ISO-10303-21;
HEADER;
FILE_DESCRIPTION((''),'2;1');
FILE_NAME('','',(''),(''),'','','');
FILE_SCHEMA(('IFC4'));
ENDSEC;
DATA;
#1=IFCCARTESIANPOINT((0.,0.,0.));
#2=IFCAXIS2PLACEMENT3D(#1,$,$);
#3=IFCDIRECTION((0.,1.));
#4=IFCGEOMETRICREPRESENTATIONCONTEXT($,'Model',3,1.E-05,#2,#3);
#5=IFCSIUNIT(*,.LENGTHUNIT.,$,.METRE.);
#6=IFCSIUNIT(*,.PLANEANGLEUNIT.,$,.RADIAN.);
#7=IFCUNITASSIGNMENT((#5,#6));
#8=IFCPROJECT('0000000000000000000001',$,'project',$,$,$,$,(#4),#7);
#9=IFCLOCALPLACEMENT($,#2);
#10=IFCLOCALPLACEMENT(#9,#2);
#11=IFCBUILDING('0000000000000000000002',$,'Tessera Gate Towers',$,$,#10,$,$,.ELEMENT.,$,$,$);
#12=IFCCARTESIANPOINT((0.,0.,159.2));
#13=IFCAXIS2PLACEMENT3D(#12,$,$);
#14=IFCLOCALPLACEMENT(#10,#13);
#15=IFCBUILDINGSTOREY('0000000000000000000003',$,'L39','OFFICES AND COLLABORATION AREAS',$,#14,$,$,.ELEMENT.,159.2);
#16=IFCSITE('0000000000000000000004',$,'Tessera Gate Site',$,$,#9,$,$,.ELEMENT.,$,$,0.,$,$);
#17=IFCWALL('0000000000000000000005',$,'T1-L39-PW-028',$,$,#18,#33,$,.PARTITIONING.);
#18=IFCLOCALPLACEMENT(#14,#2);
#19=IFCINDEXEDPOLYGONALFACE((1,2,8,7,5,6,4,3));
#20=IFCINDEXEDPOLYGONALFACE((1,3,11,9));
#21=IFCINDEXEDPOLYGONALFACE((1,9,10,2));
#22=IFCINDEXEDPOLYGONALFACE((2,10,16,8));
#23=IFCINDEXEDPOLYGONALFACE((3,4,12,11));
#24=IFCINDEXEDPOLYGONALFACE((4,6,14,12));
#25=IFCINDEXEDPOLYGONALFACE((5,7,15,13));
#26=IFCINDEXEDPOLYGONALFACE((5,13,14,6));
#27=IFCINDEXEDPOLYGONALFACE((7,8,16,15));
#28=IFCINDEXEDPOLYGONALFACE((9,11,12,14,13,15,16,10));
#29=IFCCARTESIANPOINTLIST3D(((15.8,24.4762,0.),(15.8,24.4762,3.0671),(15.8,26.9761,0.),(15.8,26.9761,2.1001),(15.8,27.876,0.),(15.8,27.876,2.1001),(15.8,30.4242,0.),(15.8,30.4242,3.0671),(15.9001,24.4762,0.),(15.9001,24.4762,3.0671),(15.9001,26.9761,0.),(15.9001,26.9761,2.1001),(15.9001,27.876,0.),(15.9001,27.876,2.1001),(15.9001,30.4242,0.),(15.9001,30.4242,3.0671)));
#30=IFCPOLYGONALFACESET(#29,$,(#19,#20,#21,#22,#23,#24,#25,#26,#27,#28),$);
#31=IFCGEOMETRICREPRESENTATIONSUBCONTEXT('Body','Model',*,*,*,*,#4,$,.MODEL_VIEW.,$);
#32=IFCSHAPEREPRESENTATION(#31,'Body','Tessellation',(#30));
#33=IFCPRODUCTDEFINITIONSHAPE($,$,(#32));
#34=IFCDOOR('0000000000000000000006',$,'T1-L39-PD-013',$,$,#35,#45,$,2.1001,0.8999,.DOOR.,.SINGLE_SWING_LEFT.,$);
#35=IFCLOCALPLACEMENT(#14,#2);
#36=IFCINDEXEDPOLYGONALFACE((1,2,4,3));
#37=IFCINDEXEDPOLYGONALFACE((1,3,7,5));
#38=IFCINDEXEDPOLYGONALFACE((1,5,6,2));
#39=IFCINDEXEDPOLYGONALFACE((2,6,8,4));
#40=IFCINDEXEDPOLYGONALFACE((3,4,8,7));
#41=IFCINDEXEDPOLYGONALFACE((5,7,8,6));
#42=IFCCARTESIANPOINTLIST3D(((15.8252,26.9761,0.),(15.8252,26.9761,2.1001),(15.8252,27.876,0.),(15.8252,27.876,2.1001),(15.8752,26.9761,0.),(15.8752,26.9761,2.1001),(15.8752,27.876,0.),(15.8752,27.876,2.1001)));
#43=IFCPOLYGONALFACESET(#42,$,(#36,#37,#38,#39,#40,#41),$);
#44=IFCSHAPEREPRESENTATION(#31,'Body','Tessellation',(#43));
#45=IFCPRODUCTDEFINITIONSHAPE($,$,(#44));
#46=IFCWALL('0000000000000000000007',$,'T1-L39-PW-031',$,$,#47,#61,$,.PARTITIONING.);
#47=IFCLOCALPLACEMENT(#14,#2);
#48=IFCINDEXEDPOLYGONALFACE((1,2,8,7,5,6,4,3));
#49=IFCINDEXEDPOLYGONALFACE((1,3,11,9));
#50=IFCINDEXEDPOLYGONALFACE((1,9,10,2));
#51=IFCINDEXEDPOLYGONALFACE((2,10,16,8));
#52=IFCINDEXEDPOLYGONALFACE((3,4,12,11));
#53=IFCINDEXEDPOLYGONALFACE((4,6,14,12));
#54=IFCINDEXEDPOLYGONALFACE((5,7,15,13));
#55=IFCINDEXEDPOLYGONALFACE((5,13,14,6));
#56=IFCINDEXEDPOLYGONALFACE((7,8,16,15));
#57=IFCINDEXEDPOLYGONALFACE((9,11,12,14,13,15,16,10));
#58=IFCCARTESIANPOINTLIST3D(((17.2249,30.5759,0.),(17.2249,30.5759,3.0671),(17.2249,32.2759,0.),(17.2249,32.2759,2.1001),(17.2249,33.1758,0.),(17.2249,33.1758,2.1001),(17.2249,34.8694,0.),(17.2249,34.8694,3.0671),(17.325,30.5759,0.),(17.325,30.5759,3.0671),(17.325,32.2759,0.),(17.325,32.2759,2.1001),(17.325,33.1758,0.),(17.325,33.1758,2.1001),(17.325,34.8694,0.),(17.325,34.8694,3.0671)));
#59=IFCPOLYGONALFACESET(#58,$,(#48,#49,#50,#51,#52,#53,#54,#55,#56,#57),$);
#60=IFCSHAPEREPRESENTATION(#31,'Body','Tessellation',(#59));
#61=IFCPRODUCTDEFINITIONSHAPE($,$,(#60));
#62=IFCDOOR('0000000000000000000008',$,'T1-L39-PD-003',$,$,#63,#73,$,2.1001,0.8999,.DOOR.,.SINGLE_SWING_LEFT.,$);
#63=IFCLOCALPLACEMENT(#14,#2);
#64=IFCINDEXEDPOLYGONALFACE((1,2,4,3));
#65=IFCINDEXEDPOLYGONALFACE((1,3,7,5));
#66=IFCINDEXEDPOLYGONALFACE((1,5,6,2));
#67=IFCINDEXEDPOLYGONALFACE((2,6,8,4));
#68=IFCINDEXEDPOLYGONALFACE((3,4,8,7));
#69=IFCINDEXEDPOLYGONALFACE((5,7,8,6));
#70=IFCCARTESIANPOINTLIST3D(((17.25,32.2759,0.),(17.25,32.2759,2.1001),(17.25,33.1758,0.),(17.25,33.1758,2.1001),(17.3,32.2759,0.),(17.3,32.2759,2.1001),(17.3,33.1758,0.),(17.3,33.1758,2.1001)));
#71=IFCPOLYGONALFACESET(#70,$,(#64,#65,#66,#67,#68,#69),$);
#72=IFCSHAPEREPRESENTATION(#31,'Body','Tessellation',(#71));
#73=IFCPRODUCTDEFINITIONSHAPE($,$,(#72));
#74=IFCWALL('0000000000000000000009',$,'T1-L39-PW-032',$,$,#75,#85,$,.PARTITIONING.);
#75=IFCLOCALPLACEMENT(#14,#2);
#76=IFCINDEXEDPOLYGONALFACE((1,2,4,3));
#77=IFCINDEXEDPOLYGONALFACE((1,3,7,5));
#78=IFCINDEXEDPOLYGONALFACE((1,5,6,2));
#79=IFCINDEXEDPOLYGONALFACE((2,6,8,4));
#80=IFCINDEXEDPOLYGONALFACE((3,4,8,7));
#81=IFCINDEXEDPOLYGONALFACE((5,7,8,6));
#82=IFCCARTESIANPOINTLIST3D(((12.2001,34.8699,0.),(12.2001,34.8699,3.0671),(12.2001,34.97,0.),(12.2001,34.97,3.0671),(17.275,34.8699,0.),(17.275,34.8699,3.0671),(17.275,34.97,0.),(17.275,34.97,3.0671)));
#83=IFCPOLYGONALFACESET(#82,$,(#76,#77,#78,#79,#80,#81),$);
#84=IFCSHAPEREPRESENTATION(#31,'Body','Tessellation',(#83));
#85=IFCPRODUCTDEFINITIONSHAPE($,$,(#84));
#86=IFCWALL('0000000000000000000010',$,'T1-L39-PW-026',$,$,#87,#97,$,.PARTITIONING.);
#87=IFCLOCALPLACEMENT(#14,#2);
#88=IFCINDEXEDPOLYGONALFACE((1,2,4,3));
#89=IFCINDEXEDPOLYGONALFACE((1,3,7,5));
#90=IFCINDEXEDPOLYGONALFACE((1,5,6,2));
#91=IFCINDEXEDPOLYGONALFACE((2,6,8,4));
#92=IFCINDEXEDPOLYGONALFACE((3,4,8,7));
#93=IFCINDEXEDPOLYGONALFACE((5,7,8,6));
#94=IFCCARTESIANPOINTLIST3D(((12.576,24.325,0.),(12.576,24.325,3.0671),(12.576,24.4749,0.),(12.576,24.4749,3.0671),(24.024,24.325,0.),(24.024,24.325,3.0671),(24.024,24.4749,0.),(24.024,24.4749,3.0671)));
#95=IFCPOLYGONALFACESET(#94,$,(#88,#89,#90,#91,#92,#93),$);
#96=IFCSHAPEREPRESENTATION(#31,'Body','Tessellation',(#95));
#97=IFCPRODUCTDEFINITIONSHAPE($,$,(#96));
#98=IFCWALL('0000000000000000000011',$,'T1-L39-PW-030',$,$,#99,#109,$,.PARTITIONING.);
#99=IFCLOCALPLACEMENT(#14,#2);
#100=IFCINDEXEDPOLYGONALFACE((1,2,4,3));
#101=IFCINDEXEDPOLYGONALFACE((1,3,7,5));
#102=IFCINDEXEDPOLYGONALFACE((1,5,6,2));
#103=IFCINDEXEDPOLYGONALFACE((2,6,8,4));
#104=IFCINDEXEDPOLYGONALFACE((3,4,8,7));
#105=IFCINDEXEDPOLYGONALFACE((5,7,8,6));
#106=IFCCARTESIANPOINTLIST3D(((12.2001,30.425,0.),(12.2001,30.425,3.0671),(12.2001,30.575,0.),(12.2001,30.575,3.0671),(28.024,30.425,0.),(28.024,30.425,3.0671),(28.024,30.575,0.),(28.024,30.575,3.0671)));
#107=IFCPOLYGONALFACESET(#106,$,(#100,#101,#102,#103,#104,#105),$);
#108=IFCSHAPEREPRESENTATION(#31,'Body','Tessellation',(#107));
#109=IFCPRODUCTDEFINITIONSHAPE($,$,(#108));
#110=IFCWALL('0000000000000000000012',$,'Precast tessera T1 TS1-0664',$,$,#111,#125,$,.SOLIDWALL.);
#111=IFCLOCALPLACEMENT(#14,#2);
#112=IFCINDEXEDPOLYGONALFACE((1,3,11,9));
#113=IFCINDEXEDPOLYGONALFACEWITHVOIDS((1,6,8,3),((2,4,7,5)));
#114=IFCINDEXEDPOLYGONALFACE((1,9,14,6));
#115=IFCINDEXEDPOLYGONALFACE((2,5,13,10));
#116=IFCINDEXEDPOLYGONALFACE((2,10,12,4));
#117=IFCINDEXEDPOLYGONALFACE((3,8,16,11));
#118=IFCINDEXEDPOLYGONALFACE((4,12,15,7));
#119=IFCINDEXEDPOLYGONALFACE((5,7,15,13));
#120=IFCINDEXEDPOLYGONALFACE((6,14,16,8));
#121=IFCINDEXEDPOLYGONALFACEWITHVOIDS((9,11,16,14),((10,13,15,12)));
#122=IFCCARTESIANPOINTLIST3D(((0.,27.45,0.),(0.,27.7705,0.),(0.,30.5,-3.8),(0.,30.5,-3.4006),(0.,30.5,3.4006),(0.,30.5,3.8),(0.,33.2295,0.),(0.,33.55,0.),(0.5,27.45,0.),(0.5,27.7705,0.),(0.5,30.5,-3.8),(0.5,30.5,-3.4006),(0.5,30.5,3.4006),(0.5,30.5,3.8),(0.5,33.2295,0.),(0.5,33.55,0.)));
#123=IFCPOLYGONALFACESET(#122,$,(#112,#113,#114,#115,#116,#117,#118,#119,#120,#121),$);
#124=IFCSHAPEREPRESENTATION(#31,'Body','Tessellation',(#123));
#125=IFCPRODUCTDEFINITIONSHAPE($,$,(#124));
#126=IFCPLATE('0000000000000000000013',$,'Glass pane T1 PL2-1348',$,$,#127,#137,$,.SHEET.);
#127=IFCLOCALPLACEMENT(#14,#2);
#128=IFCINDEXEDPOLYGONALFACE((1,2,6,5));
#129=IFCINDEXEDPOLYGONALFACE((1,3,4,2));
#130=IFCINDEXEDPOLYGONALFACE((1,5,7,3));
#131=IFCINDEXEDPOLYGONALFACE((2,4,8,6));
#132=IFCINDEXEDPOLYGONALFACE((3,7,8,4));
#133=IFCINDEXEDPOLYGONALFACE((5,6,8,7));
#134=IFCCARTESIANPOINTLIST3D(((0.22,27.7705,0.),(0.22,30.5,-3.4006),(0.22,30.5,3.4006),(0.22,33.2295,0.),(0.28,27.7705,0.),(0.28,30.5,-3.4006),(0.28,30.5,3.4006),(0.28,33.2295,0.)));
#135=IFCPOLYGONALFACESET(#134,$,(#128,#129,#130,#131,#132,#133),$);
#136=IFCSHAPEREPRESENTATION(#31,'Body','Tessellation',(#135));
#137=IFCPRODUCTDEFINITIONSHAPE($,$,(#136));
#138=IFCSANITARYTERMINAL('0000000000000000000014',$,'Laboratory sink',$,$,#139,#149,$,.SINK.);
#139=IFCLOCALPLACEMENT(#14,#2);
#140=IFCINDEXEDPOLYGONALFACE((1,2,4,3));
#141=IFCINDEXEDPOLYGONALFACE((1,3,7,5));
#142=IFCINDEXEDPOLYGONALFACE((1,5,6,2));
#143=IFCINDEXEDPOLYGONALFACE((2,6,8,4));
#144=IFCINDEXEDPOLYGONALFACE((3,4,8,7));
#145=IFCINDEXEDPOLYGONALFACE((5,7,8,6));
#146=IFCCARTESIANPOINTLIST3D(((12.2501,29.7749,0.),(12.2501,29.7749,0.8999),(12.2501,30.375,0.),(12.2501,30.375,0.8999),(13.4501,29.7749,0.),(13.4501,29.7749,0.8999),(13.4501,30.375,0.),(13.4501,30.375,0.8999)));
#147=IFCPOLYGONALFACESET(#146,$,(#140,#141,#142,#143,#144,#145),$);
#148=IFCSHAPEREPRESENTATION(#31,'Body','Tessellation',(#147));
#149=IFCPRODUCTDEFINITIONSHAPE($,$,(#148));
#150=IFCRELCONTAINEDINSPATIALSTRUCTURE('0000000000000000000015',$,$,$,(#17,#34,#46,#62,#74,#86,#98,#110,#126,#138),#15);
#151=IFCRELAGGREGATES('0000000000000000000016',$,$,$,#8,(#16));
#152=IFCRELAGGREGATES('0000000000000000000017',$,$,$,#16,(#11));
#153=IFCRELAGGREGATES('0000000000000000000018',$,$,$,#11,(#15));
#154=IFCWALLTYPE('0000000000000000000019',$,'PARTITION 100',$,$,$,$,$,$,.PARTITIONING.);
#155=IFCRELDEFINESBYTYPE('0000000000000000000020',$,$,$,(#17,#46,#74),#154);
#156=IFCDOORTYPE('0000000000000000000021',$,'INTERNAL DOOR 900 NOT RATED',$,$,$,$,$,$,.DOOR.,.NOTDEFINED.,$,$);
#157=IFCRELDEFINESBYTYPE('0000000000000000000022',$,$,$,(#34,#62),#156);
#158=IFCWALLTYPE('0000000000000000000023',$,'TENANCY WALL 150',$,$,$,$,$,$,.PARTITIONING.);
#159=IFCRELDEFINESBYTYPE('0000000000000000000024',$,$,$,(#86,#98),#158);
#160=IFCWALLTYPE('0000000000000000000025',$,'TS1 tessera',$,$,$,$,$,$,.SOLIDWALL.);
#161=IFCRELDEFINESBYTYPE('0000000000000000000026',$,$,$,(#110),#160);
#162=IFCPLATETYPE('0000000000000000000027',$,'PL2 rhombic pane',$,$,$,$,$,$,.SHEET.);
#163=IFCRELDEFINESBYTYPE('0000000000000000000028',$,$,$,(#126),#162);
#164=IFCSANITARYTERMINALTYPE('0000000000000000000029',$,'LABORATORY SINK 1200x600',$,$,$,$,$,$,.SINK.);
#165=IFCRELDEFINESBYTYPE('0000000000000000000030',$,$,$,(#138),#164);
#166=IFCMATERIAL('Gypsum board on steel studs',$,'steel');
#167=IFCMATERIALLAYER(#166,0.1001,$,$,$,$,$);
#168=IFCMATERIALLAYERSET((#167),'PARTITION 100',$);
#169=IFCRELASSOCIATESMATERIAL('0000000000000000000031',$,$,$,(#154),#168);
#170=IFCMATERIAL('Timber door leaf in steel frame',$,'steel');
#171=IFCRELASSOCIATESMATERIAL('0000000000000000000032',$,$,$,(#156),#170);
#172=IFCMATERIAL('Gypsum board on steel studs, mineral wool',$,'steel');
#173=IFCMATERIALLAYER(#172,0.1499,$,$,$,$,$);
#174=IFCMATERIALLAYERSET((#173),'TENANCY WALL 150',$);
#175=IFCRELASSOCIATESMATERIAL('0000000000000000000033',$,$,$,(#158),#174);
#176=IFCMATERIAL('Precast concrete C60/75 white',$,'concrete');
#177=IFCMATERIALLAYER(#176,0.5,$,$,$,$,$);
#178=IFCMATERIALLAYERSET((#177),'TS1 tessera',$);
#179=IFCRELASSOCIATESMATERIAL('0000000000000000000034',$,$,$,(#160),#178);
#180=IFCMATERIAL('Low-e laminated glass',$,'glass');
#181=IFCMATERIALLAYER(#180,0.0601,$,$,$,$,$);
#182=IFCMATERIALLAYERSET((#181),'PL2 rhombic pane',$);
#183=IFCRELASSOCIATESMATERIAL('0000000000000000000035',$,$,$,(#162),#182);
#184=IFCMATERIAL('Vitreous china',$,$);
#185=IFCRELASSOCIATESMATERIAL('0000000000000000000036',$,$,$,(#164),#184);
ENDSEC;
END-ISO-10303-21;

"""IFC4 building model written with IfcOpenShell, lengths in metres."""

from ifc_helpers import new_model, si_unit, direction, frame, frame_2d, origin, origin_2d, place, context, subcontext, project, spatial, polyline, rectangle, outline, extrude, source, transform, mapped, material, layer, layer_set, type_object, element, fill, save


model = new_model("IFC4")

# Units and contexts
model_context = context("Model", 3, precision=1e-05, world=origin(), true_north=direction((0.0, 1.0)))
body_context = subcontext(model_context, "Body", "Model", "MODEL_VIEW")
ifc_project = project(units=[si_unit("LENGTHUNIT", "METRE"), si_unit("PLANEANGLEUNIT", "RADIAN")], contexts=[model_context])

# Site, building, storey
site_placement = place(None, origin())
site = spatial("IfcSite", under=ifc_project, at=site_placement, Name="Tessera Gate Site", CompositionType="ELEMENT", RefElevation=0.0)
building_placement = place(site_placement, origin())
building = spatial("IfcBuilding", under=site, at=building_placement, Name="Tessera Gate Towers", CompositionType="ELEMENT")
storey_placement = place(building_placement, frame((0.0, 0.0, 159.2)))
storey = spatial("IfcBuildingStorey", under=building, at=storey_placement, Name="L39", Description="OFFICES AND COLLABORATION AREAS", CompositionType="ELEMENT", Elevation=159.2)

# Walls, openings, doors
shared_shape_1 = source(origin(), body_context, "Body", "SweptSolid", [
    extrude(rectangle(XDim=0.8999, YDim=2.1001, at=frame_2d((0.45, 1.05))), frame((0.0, 0.0601, 0.0), z_axis=(0.0, -1.0, 0.0), x_axis=(1.0, 0.0, 0.0)), (0.0, 0.0, 1.0), 0.1201),
])
shared_shape_2 = source(origin(), body_context, "Body", "SweptSolid", [
    extrude(rectangle(XDim=0.8999, YDim=2.1001, at=frame_2d((0.45, 1.05))), frame((0.0, 0.0249, 0.0), z_axis=(0.0, -1.0, 0.0), x_axis=(1.0, 0.0, 0.0)), (0.0, 0.0, 1.0), 0.05),
])
ifc_material_1 = material(Name="Gypsum board on steel studs", Category="steel")
ifc_layer_1 = layer(ifc_material_1, 0.1001)
ifc_layer_set_1 = layer_set([ifc_layer_1], Name="PARTITION 100")
wall_type_1 = type_object("IfcWallType", Name="PARTITION 100", PredefinedType="PARTITIONING", material=ifc_layer_set_1)
wall_1_placement = place(storey_placement, frame((15.8501, 24.4761, 0.0), z_axis=(0.0, 0.0, 1.0), x_axis=(0.0, 1.0, 0.0)))
wall_1 = element("IfcWall", 1, at=wall_1_placement, inside=storey, type_object=wall_type_1, Name="T1-L39-PW-028", PredefinedType="PARTITIONING", context=body_context, shape_type="SweptSolid", body=[
    extrude(rectangle(XDim=5.948, YDim=0.1001, at=frame_2d((2.9741, 0.0))), origin(), (0.0, 0.0, 1.0), 3.0671),
])
opening_1_placement = place(wall_1_placement, frame((2.5, 0.0, 0.0)))
opening_1 = element("IfcOpeningElement", 2, at=opening_1_placement, cuts=wall_1, PredefinedType="OPENING", context=body_context, shape_type="MappedRepresentation", body=[
    mapped(shared_shape_1, transform((0.0, 0.0, 0.0), scale=1.0)),
])
ifc_material_2 = material(Name="Timber door leaf in steel frame", Category="steel")
door_type_1 = type_object("IfcDoorType", Name="INTERNAL DOOR 900 NOT RATED", OperationType="NOTDEFINED", PredefinedType="DOOR", material=ifc_material_2)
door_1_placement = place(opening_1_placement, origin())
door_1 = element("IfcDoor", 3, at=door_1_placement, inside=storey, type_object=door_type_1, Name="T1-L39-PD-013", OperationType="SINGLE_SWING_LEFT", OverallHeight=2.1001, OverallWidth=0.8999, PredefinedType="DOOR", context=body_context, shape_type="MappedRepresentation", body=[
    mapped(shared_shape_2, transform((0.0, 0.0, 0.0), scale=1.0)),
])
fill(opening_1, door_1)
wall_2_placement = place(storey_placement, frame((17.2749, 30.5759, 0.0), z_axis=(0.0, 0.0, 1.0), x_axis=(0.0, 1.0, 0.0)))
wall_2 = element("IfcWall", 4, at=wall_2_placement, inside=storey, type_object=wall_type_1, Name="T1-L39-PW-031", PredefinedType="PARTITIONING", context=body_context, shape_type="SweptSolid", body=[
    extrude(rectangle(XDim=4.2935, YDim=0.1001, at=frame_2d((2.1467, 0.0))), origin(), (0.0, 0.0, 1.0), 3.0671),
])
opening_2_placement = place(wall_2_placement, frame((1.7, 0.0, 0.0)))
opening_2 = element("IfcOpeningElement", 5, at=opening_2_placement, cuts=wall_2, PredefinedType="OPENING", context=body_context, shape_type="MappedRepresentation", body=[
    mapped(shared_shape_1, transform((0.0, 0.0, 0.0), scale=1.0)),
])
door_2_placement = place(opening_2_placement, origin())
door_2 = element("IfcDoor", 6, at=door_2_placement, inside=storey, type_object=door_type_1, Name="T1-L39-PD-003", OperationType="SINGLE_SWING_LEFT", OverallHeight=2.1001, OverallWidth=0.8999, PredefinedType="DOOR", context=body_context, shape_type="MappedRepresentation", body=[
    mapped(shared_shape_2, transform((0.0, 0.0, 0.0), scale=1.0)),
])
fill(opening_2, door_2)

# Walls
wall_3_placement = place(storey_placement, frame((12.2, 34.9199, 0.0), z_axis=(0.0, 0.0, 1.0), x_axis=(1.0, 0.0, 0.0)))
element("IfcWall", 7, at=wall_3_placement, inside=storey, type_object=wall_type_1, Name="T1-L39-PW-032", PredefinedType="PARTITIONING", context=body_context, shape_type="SweptSolid", body=[
    extrude(rectangle(XDim=5.075, YDim=0.1001, at=frame_2d((2.5376, 0.0))), origin(), (0.0, 0.0, 1.0), 3.0671),
])
ifc_material_3 = material(Name="Gypsum board on steel studs, mineral wool", Category="steel")
ifc_layer_2 = layer(ifc_material_3, 0.1499)
ifc_layer_set_2 = layer_set([ifc_layer_2], Name="TENANCY WALL 150")
wall_type_2 = type_object("IfcWallType", Name="TENANCY WALL 150", PredefinedType="PARTITIONING", material=ifc_layer_set_2)
wall_4_placement = place(storey_placement, frame((12.5759, 24.3999, 0.0), z_axis=(0.0, 0.0, 1.0), x_axis=(1.0, 0.0, 0.0)))
element("IfcWall", 8, at=wall_4_placement, inside=storey, type_object=wall_type_2, Name="T1-L39-PW-026", PredefinedType="PARTITIONING", context=body_context, shape_type="SweptSolid", body=[
    extrude(rectangle(XDim=11.448, YDim=0.1499, at=frame_2d((5.7241, 0.0))), origin(), (0.0, 0.0, 1.0), 3.0671),
])
wall_5_placement = place(storey_placement, frame((12.2, 30.5, 0.0), z_axis=(0.0, 0.0, 1.0), x_axis=(1.0, 0.0, 0.0)))
element("IfcWall", 9, at=wall_5_placement, inside=storey, type_object=wall_type_2, Name="T1-L39-PW-030", PredefinedType="PARTITIONING", context=body_context, shape_type="SweptSolid", body=[
    extrude(rectangle(XDim=15.824, YDim=0.1499, at=frame_2d((7.9121, 0.0))), origin(), (0.0, 0.0, 1.0), 3.0671),
])

# Wall, opening, plate
ifc_material_4 = material(Name="Precast concrete C60/75 white", Category="concrete")
ifc_layer_3 = layer(ifc_material_4, 0.5)
ifc_layer_set_3 = layer_set([ifc_layer_3], Name="TS1 tessera")
wall_type_3 = type_object("IfcWallType", Name="TS1 tessera", PredefinedType="SOLIDWALL", material=ifc_layer_set_3)
shared_shape_3 = source(origin(), body_context, "Body", "SweptSolid", [
    extrude(outline(polyline([(3.05, 0.0), (6.1001, 3.8), (3.05, 7.6001), (0.0, 3.8), (3.05, 0.0)])), frame((0.0, 0.25, 0.0), z_axis=(0.0, -1.0, 0.0), x_axis=(1.0, 0.0, 0.0)), (0.0, 0.0, 1.0), 0.5),
])
wall_6_placement = place(storey_placement, frame((0.25, 33.55, -3.8), z_axis=(0.0, 0.0, 1.0), x_axis=(0.0, -1.0, 0.0)))
wall_6 = element("IfcWall", 10, at=wall_6_placement, inside=storey, type_object=wall_type_3, Name="Precast tessera T1 TS1-0664", PredefinedType="SOLIDWALL", context=body_context, shape_type="MappedRepresentation", body=[
    mapped(shared_shape_3, transform((0.0, 0.0, 0.0), scale=1.0)),
])
shared_shape_4 = source(origin(), body_context, "Body", "SweptSolid", [
    extrude(outline(polyline([(3.05, 0.3994), (5.7795, 3.8), (3.05, 7.2007), (0.3206, 3.8), (3.05, 0.3994)])), frame((0.0, 0.26, 0.0), z_axis=(0.0, -1.0, 0.0), x_axis=(1.0, 0.0, 0.0)), (0.0, 0.0, 1.0), 0.52),
])
opening_3_placement = place(wall_6_placement, origin())
opening_3 = element("IfcOpeningElement", 11, at=opening_3_placement, cuts=wall_6, PredefinedType="OPENING", context=body_context, shape_type="MappedRepresentation", body=[
    mapped(shared_shape_4, transform((0.0, 0.0, 0.0), scale=1.0)),
])
ifc_material_5 = material(Name="Low-e laminated glass", Category="glass")
ifc_layer_4 = layer(ifc_material_5, 0.0601)
ifc_layer_set_4 = layer_set([ifc_layer_4], Name="PL2 rhombic pane")
plate_type = type_object("IfcPlateType", Name="PL2 rhombic pane", PredefinedType="SHEET", material=ifc_layer_set_4)
shared_shape_5 = source(origin(), body_context, "Body", "SweptSolid", [
    extrude(outline(polyline([(3.05, 0.3994), (5.7795, 3.8), (3.05, 7.2007), (0.3206, 3.8), (3.05, 0.3994)])), frame((0.0, 0.03, 0.0), z_axis=(0.0, -1.0, 0.0), x_axis=(1.0, 0.0, 0.0)), (0.0, 0.0, 1.0), 0.0601),
])
plate_placement = place(opening_3_placement, origin())
plate = element("IfcPlate", 12, at=plate_placement, inside=storey, type_object=plate_type, Name="Glass pane T1 PL2-1348", PredefinedType="SHEET", context=body_context, shape_type="MappedRepresentation", body=[
    mapped(shared_shape_5, transform((0.0, 0.0, 0.0), scale=1.0)),
])
fill(opening_3, plate)

# Sanitary terminal
ifc_material_6 = material(Name="Vitreous china")
sanitary_terminal_type = type_object("IfcSanitaryTerminalType", Name="LABORATORY SINK 1200x600", PredefinedType="SINK", material=ifc_material_6)
sanitary_terminal_placement = place(storey_placement, frame((12.8501, 30.075, 0.0), z_axis=(0.0, 0.0, 1.0), x_axis=(1.0, 0.0, 0.0)))
element("IfcSanitaryTerminal", 13, at=sanitary_terminal_placement, inside=storey, type_object=sanitary_terminal_type, Name="Laboratory sink", PredefinedType="SINK", context=body_context, shape_type="SweptSolid", body=[
    extrude(rectangle(XDim=1.2, YDim=0.6001, at=origin_2d()), origin(), (0.0, 0.0, 1.0), 0.8999),
])

save(model, "model.ifc")
